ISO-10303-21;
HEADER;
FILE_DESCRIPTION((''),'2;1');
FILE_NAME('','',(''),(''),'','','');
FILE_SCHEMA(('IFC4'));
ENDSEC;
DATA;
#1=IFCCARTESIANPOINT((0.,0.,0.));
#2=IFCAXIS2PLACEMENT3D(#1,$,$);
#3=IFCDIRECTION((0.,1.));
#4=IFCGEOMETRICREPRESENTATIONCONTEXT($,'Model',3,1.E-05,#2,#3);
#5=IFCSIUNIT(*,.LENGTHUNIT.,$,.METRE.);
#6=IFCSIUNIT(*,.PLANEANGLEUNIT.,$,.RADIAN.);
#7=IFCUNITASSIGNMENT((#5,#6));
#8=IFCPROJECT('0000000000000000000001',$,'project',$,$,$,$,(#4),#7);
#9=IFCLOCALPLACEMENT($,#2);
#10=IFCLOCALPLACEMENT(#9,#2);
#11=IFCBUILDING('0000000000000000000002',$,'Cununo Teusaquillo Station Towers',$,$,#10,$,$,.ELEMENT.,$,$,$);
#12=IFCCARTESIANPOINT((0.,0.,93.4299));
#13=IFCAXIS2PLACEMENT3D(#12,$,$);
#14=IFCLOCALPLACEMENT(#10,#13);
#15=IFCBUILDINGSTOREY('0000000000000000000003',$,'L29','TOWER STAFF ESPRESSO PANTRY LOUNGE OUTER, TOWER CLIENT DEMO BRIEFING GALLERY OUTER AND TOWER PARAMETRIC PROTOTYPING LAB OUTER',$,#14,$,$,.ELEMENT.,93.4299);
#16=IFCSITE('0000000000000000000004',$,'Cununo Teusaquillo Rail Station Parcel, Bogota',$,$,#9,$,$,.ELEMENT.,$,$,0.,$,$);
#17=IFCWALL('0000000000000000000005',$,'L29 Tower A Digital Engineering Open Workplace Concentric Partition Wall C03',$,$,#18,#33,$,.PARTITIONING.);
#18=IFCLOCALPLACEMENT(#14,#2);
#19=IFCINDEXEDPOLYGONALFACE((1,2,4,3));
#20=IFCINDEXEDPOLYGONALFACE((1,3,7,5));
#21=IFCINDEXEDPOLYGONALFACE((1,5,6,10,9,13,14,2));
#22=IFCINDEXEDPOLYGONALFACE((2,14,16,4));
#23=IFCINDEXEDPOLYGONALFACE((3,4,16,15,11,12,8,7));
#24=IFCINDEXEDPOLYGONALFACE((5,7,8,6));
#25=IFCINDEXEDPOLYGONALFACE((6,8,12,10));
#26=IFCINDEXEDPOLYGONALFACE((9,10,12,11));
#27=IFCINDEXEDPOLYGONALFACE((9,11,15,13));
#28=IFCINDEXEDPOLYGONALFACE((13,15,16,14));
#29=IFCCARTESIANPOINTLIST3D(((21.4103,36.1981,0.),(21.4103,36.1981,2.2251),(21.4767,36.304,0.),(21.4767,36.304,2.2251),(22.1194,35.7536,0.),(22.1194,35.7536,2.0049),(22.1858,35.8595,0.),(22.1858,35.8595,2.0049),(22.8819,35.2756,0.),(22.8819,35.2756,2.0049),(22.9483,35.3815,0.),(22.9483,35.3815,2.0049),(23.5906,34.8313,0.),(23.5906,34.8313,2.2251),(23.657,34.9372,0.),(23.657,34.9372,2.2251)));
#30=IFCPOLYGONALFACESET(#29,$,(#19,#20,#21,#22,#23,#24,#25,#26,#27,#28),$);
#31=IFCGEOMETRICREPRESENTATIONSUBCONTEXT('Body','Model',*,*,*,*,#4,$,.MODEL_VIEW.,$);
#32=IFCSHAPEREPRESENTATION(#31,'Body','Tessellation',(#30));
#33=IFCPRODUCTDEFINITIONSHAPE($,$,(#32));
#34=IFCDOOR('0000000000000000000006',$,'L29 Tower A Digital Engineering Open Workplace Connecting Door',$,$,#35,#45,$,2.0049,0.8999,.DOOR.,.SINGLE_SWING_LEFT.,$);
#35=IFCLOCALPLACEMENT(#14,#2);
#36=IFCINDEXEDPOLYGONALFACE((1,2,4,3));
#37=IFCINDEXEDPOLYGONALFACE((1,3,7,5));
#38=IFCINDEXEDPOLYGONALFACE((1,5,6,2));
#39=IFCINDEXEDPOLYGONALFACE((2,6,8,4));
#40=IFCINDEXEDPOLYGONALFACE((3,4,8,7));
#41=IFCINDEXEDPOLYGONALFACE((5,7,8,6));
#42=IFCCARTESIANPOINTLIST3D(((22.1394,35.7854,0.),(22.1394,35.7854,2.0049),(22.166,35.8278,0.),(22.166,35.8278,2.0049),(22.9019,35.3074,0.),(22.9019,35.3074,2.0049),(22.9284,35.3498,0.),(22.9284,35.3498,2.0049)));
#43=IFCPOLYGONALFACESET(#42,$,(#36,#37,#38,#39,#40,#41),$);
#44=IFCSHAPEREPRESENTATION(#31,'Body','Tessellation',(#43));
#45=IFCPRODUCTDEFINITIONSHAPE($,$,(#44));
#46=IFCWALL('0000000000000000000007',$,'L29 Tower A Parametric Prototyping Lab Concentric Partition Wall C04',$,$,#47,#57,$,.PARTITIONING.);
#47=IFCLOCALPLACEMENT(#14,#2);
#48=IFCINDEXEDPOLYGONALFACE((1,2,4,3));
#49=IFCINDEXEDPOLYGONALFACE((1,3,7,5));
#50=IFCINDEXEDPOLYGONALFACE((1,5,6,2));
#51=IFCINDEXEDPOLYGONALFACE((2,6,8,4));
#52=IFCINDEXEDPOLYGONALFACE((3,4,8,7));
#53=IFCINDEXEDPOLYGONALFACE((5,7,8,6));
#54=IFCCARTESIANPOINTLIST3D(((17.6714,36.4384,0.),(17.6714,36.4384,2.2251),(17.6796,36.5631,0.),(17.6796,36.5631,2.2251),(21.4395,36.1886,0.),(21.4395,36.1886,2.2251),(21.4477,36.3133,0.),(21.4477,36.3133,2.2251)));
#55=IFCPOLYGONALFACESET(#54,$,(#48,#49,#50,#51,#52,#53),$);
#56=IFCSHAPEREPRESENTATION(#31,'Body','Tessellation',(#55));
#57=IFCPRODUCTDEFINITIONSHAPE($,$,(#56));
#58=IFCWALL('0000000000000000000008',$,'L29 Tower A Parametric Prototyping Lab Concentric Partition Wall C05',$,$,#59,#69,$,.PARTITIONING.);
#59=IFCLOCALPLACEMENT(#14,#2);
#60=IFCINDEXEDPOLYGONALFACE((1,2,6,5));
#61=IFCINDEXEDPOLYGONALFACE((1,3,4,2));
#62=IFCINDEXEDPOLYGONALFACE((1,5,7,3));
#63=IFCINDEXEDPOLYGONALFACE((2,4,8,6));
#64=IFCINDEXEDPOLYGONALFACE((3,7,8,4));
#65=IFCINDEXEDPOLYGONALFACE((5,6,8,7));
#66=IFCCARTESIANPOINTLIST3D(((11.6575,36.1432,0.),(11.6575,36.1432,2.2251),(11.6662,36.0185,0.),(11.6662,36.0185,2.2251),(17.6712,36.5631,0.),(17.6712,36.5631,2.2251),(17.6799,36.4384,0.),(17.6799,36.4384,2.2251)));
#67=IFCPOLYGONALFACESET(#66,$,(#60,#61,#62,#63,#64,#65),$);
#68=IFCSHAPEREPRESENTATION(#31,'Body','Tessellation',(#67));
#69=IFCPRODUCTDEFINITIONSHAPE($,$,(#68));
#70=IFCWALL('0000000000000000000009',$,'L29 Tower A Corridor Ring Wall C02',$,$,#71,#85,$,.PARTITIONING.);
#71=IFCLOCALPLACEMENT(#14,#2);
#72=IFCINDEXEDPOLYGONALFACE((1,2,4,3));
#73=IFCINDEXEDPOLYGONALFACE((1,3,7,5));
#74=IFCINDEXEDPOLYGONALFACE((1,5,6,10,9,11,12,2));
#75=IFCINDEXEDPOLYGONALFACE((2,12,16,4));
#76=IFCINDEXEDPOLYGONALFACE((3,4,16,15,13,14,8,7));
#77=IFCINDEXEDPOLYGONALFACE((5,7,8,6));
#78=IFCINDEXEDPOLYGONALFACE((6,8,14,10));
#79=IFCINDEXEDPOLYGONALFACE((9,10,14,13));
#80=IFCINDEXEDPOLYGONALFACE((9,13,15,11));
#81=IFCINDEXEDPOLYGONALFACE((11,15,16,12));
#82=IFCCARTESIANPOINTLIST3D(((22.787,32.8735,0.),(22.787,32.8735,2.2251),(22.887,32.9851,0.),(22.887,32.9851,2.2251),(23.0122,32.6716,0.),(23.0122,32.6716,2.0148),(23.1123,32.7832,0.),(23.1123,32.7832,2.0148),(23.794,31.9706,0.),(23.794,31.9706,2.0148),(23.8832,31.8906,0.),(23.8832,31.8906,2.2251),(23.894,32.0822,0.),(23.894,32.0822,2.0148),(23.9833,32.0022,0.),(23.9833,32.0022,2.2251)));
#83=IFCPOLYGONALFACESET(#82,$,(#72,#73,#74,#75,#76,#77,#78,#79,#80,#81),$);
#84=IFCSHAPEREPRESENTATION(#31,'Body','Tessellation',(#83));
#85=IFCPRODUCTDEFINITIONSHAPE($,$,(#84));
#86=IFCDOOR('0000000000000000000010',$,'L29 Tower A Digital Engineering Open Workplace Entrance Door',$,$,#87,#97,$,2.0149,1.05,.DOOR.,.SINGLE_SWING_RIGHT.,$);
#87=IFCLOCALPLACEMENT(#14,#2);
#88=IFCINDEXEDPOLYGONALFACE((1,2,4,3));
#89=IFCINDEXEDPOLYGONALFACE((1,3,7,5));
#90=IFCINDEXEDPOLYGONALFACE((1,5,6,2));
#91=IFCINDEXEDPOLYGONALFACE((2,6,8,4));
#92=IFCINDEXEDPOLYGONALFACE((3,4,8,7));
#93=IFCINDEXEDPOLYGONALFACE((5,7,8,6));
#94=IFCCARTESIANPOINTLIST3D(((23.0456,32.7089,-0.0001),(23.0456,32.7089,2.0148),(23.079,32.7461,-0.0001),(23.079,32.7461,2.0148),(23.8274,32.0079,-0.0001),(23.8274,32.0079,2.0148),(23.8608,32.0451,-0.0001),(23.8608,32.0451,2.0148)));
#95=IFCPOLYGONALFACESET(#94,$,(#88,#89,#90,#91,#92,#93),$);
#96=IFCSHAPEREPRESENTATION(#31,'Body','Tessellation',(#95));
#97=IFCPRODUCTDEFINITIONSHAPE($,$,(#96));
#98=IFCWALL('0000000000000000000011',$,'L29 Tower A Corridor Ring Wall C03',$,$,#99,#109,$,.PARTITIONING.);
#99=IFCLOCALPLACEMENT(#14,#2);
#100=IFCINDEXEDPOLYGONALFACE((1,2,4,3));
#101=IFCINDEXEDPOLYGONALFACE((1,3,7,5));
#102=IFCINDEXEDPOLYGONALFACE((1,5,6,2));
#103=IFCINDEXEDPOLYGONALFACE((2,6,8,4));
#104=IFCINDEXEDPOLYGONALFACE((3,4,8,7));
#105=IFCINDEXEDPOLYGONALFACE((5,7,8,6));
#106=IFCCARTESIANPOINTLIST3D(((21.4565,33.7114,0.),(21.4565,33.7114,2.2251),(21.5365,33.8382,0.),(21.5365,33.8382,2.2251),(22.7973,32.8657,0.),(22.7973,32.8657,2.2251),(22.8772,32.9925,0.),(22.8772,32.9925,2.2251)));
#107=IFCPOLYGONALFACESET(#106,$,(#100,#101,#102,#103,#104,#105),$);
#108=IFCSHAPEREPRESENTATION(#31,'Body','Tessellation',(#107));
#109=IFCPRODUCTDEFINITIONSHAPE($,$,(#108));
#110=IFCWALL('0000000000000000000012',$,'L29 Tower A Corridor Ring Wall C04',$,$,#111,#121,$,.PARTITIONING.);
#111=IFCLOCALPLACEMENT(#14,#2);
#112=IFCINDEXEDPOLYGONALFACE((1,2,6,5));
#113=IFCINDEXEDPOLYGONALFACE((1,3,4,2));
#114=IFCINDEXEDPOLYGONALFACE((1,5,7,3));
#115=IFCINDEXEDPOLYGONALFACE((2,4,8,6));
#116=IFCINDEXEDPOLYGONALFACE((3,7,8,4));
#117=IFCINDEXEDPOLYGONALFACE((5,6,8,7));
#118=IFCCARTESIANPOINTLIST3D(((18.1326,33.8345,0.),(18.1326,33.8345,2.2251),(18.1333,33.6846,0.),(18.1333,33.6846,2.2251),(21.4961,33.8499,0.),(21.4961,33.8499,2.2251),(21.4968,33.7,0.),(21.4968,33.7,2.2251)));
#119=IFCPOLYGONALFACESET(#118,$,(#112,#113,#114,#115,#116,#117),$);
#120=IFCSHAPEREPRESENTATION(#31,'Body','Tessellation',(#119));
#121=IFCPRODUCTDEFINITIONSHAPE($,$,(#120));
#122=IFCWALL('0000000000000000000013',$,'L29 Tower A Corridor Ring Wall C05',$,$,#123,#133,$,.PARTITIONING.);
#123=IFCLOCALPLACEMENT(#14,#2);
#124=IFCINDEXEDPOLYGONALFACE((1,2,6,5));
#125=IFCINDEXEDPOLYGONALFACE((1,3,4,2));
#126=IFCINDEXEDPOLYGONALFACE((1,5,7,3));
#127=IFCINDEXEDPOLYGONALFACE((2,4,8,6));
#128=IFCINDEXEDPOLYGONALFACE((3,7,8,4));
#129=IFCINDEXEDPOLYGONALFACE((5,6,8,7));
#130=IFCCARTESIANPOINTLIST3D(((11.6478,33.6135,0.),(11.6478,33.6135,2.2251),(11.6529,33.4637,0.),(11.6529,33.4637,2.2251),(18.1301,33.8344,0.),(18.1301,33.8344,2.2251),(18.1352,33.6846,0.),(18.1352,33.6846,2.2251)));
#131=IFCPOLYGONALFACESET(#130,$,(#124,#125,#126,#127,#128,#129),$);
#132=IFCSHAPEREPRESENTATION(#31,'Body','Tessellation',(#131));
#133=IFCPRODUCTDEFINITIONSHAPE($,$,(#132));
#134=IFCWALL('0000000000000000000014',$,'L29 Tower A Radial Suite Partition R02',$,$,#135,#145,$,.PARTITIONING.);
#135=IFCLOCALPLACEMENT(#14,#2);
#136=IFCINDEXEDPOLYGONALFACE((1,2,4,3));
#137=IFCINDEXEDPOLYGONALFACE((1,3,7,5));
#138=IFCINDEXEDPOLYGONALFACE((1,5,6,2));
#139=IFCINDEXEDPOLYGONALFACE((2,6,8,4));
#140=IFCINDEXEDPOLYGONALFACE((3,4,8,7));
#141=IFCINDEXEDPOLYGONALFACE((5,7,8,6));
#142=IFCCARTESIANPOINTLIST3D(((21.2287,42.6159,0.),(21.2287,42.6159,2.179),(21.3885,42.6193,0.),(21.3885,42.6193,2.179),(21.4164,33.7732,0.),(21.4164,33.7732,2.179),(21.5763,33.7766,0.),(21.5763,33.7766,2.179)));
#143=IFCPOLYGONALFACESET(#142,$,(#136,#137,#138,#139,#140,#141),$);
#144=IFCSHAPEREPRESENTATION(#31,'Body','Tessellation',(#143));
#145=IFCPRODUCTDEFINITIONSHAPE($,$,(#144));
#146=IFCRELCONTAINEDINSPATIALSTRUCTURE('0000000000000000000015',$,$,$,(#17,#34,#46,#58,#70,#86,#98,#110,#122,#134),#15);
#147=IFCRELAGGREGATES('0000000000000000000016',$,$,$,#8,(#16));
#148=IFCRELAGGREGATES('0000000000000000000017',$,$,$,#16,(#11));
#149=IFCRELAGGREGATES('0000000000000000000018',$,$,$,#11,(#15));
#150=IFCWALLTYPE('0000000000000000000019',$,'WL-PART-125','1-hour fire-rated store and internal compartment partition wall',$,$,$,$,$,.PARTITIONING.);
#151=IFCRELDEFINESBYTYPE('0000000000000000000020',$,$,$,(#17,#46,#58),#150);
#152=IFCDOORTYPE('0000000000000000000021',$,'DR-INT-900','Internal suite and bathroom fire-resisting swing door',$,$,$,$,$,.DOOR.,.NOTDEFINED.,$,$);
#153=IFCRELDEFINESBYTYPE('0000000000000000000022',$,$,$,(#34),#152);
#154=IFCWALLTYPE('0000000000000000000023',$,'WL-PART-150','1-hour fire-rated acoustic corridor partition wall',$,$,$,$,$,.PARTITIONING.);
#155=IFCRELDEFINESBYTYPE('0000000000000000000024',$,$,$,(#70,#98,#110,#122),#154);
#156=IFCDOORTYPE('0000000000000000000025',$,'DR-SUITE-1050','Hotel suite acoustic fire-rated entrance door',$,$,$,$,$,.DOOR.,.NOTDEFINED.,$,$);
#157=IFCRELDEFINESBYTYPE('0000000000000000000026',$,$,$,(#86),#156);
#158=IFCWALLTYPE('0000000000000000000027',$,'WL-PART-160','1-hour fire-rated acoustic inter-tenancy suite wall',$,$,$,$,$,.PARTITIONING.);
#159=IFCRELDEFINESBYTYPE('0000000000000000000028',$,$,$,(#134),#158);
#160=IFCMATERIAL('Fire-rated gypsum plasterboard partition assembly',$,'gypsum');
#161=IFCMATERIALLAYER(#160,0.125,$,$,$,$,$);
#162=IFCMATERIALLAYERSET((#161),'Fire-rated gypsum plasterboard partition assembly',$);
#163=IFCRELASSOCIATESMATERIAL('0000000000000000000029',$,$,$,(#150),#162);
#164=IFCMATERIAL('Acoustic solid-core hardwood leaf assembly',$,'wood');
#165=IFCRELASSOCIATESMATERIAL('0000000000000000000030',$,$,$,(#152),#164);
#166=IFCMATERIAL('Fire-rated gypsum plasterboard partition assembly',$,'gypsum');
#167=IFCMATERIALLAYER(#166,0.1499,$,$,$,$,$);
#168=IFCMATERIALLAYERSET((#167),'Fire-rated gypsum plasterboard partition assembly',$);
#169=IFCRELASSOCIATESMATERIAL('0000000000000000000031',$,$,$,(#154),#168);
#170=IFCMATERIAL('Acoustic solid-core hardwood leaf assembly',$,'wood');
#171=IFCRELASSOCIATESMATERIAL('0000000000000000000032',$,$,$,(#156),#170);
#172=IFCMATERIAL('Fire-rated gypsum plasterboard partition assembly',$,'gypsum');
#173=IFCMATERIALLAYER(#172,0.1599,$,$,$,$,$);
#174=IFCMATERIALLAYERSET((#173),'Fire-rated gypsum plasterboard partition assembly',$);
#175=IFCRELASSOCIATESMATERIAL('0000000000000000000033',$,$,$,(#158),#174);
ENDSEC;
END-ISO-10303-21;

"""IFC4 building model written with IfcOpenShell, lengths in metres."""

from ifc_helpers import new_model, si_unit, direction, frame, frame_2d, origin, place, context, subcontext, project, spatial, rectangle, extrude, source, transform, mapped, material, layer, layer_set, type_object, element, fill, save


model = new_model("IFC4")

# Units and contexts
model_context = context("Model", 3, precision=1e-05, world=origin(), true_north=direction((0.0, 1.0)))
body_context = subcontext(model_context, "Body", "Model", "MODEL_VIEW")
ifc_project = project(units=[si_unit("LENGTHUNIT", "METRE"), si_unit("PLANEANGLEUNIT", "RADIAN")], contexts=[model_context])

# Site, building, storey
site_placement = place(None, origin())
site = spatial("IfcSite", under=ifc_project, at=site_placement, Name="Cununo Teusaquillo Rail Station Parcel, Bogota", CompositionType="ELEMENT", RefElevation=0.0)
building_placement = place(site_placement, origin())
building = spatial("IfcBuilding", under=site, at=building_placement, Name="Cununo Teusaquillo Station Towers", CompositionType="ELEMENT")
storey_placement = place(building_placement, frame((0.0, 0.0, 93.4299)))
storey = spatial("IfcBuildingStorey", under=building, at=storey_placement, Name="L29", Description="TOWER STAFF ESPRESSO PANTRY LOUNGE OUTER, TOWER CLIENT DEMO BRIEFING GALLERY OUTER AND TOWER PARAMETRIC PROTOTYPING LAB OUTER", CompositionType="ELEMENT", Elevation=93.4299)

# Shared definitions
ifc_material_1 = material(Name="Fire-rated gypsum plasterboard partition assembly", Category="gypsum")
ifc_layer_1 = layer(ifc_material_1, 0.125)
ifc_layer_set_1 = layer_set([ifc_layer_1], Name="Fire-rated gypsum plasterboard partition assembly")
wall_type_1 = type_object("IfcWallType", Name="WL-PART-125", Description="1-hour fire-rated store and internal compartment partition wall", PredefinedType="PARTITIONING", material=ifc_layer_set_1)

# Wall, opening, door
wall_1_placement = place(storey_placement, frame((23.6238, 34.8843, 0.0), z_axis=(0.0, 0.0, 1.0), x_axis=(-0.847283, 0.531141, 0.0)))
wall_1 = element("IfcWall", 1, at=wall_1_placement, inside=storey, type_object=wall_type_1, Name="L29 Tower A Digital Engineering Open Workplace Concentric Partition Wall C03", PredefinedType="PARTITIONING", context=body_context, shape_type="SweptSolid", body=[
    extrude(rectangle(XDim=2.5732, YDim=0.125, at=frame_2d((1.2866, 0.0))), origin(), (0.0, 0.0, 1.0), 2.2251),
])
shared_shape_1 = source(origin(), body_context, "Body", "SweptSolid", [
    extrude(rectangle(XDim=0.8999, YDim=2.0049, at=frame_2d((0.45, 1.0024))), frame((0.0, 0.0725, 0.0), z_axis=(0.0, -1.0, 0.0), x_axis=(1.0, 0.0, 0.0)), (0.0, 0.0, 1.0), 0.145),
])
opening_1_placement = place(wall_1_placement, frame((0.8364, 0.0, 0.0)))
opening_1 = element("IfcOpeningElement", 2, at=opening_1_placement, cuts=wall_1, PredefinedType="OPENING", context=body_context, shape_type="MappedRepresentation", body=[
    mapped(shared_shape_1, transform((0.0, 0.0, 0.0), x_axis=(1.0, 0.0, 0.0), y_axis=(0.0, 1.0, 0.0), z_axis=(0.0, 0.0, 1.0), scale=1.0)),
])
ifc_material_2 = material(Name="Acoustic solid-core hardwood leaf assembly", Category="wood")
door_type_1 = type_object("IfcDoorType", Name="DR-INT-900", Description="Internal suite and bathroom fire-resisting swing door", OperationType="NOTDEFINED", PredefinedType="DOOR", material=ifc_material_2)
shared_shape_2 = source(origin(), body_context, "Body", "SweptSolid", [
    extrude(rectangle(XDim=0.8999, YDim=2.0049, at=frame_2d((0.45, 1.0024))), frame((0.0, 0.0249, 0.0), z_axis=(0.0, -1.0, 0.0), x_axis=(1.0, 0.0, 0.0)), (0.0, 0.0, 1.0), 0.05),
])
door_1_placement = place(opening_1_placement, origin())
door_1 = element("IfcDoor", 3, at=door_1_placement, inside=storey, type_object=door_type_1, Name="L29 Tower A Digital Engineering Open Workplace Connecting Door", OperationType="SINGLE_SWING_LEFT", OverallHeight=2.0049, OverallWidth=0.8999, PredefinedType="DOOR", context=body_context, shape_type="MappedRepresentation", body=[
    mapped(shared_shape_2, transform((0.0, 0.0, 0.0), x_axis=(1.0, 0.0, 0.0), y_axis=(0.0, 1.0, 0.0), z_axis=(0.0, 0.0, 1.0), scale=1.0)),
])
fill(opening_1, door_1)

# Walls
wall_2_placement = place(storey_placement, frame((21.4436, 36.251, 0.0), z_axis=(0.0, 0.0, 1.0), x_axis=(-0.997811, 0.066137, 0.0)))
element("IfcWall", 4, at=wall_2_placement, inside=storey, type_object=wall_type_1, Name="L29 Tower A Parametric Prototyping Lab Concentric Partition Wall C04", PredefinedType="PARTITIONING", context=body_context, shape_type="SweptSolid", body=[
    extrude(rectangle(XDim=3.7764, YDim=0.125, at=frame_2d((1.8882, 0.0))), origin(), (0.0, 0.0, 1.0), 2.2251),
])
wall_3_placement = place(storey_placement, frame((17.6755, 36.5007, 0.0), z_axis=(0.0, 0.0, 1.0), x_axis=(-0.997571, -0.069658, 0.0)))
element("IfcWall", 5, at=wall_3_placement, inside=storey, type_object=wall_type_1, Name="L29 Tower A Parametric Prototyping Lab Concentric Partition Wall C05", PredefinedType="PARTITIONING", context=body_context, shape_type="SweptSolid", body=[
    extrude(rectangle(XDim=6.0283, YDim=0.125, at=frame_2d((3.0142, 0.0))), origin(), (0.0, 0.0, 1.0), 2.2251),
])

# Wall, opening, door
ifc_material_3 = material(Name="Fire-rated gypsum plasterboard partition assembly", Category="gypsum")
ifc_layer_2 = layer(ifc_material_3, 0.1499)
ifc_layer_set_2 = layer_set([ifc_layer_2], Name="Fire-rated gypsum plasterboard partition assembly")
wall_type_2 = type_object("IfcWallType", Name="WL-PART-150", Description="1-hour fire-rated acoustic corridor partition wall", PredefinedType="PARTITIONING", material=ifc_layer_set_2)
wall_4_placement = place(storey_placement, frame((23.9333, 31.9463, 0.0), z_axis=(0.0, 0.0, 1.0), x_axis=(-0.74453, 0.667589, 0.0)))
wall_4 = element("IfcWall", 6, at=wall_4_placement, inside=storey, type_object=wall_type_2, Name="L29 Tower A Corridor Ring Wall C02", PredefinedType="PARTITIONING", context=body_context, shape_type="SweptSolid", body=[
    extrude(rectangle(XDim=1.4724, YDim=0.1499, at=frame_2d((0.7363, 0.0))), origin(), (0.0, 0.0, 1.0), 2.2251),
])
shared_shape_3 = source(origin(), body_context, "Body", "SweptSolid", [
    extrude(rectangle(XDim=1.05, YDim=2.0149, at=frame_2d((0.5249, 1.0073))), frame((0.0, 0.085, 0.0), z_axis=(0.0, -1.0, 0.0), x_axis=(1.0, 0.0, 0.0)), (0.0, 0.0, 1.0), 0.1699),
])
opening_2_placement = place(wall_4_placement, frame((0.1201, 0.0, 0.0)))
opening_2 = element("IfcOpeningElement", 7, at=opening_2_placement, cuts=wall_4, PredefinedType="OPENING", context=body_context, shape_type="MappedRepresentation", body=[
    mapped(shared_shape_3, transform((0.0, 0.0, 0.0), x_axis=(1.0, 0.0, 0.0), y_axis=(0.0, 1.0, 0.0), z_axis=(0.0, 0.0, 1.0), scale=1.0)),
])
ifc_material_4 = material(Name="Acoustic solid-core hardwood leaf assembly", Category="wood")
door_type_2 = type_object("IfcDoorType", Name="DR-SUITE-1050", Description="Hotel suite acoustic fire-rated entrance door", OperationType="NOTDEFINED", PredefinedType="DOOR", material=ifc_material_4)
shared_shape_4 = source(origin(), body_context, "Body", "SweptSolid", [
    extrude(rectangle(XDim=1.05, YDim=2.0149, at=frame_2d((0.5249, 1.0073))), frame((0.0, 0.0249, 0.0), z_axis=(0.0, -1.0, 0.0), x_axis=(1.0, 0.0, 0.0)), (0.0, 0.0, 1.0), 0.05),
])
door_2_placement = place(opening_2_placement, origin())
door_2 = element("IfcDoor", 8, at=door_2_placement, inside=storey, type_object=door_type_2, Name="L29 Tower A Digital Engineering Open Workplace Entrance Door", OperationType="SINGLE_SWING_RIGHT", OverallHeight=2.0149, OverallWidth=1.05, PredefinedType="DOOR", context=body_context, shape_type="MappedRepresentation", body=[
    mapped(shared_shape_4, transform((0.0, 0.0, 0.0), x_axis=(1.0, 0.0, 0.0), y_axis=(0.0, 1.0, 0.0), z_axis=(0.0, 0.0, 1.0), scale=1.0)),
])
fill(opening_2, door_2)

# Walls
wall_5_placement = place(storey_placement, frame((22.8372, 32.9292, 0.0), z_axis=(0.0, 0.0, 1.0), x_axis=(-0.845811, 0.533483, 0.0)))
element("IfcWall", 9, at=wall_5_placement, inside=storey, type_object=wall_type_2, Name="L29 Tower A Corridor Ring Wall C03", PredefinedType="PARTITIONING", context=body_context, shape_type="SweptSolid", body=[
    extrude(rectangle(XDim=1.5852, YDim=0.1499, at=frame_2d((0.7925, 0.0))), origin(), (0.0, 0.0, 1.0), 2.2251),
])
wall_6_placement = place(storey_placement, frame((21.4963, 33.7749, 0.0), z_axis=(0.0, 0.0, 1.0), x_axis=(-0.99999, -0.004573, 0.0)))
element("IfcWall", 10, at=wall_6_placement, inside=storey, type_object=wall_type_2, Name="L29 Tower A Corridor Ring Wall C04", PredefinedType="PARTITIONING", context=body_context, shape_type="SweptSolid", body=[
    extrude(rectangle(XDim=3.3635, YDim=0.1499, at=frame_2d((1.6816, 0.0))), origin(), (0.0, 0.0, 1.0), 2.2251),
])
wall_7_placement = place(storey_placement, frame((18.1328, 33.7595, 0.0), z_axis=(0.0, 0.0, 1.0), x_axis=(-0.99942, -0.034064, 0.0)))
element("IfcWall", 11, at=wall_7_placement, inside=storey, type_object=wall_type_2, Name="L29 Tower A Corridor Ring Wall C05", PredefinedType="PARTITIONING", context=body_context, shape_type="SweptSolid", body=[
    extrude(rectangle(XDim=6.4861, YDim=0.1499, at=frame_2d((3.2432, 0.0))), origin(), (0.0, 0.0, 1.0), 2.2251),
])
ifc_material_5 = material(Name="Fire-rated gypsum plasterboard partition assembly", Category="gypsum")
ifc_layer_3 = layer(ifc_material_5, 0.1599)
ifc_layer_set_3 = layer_set([ifc_layer_3], Name="Fire-rated gypsum plasterboard partition assembly")
wall_type_3 = type_object("IfcWallType", Name="WL-PART-160", Description="1-hour fire-rated acoustic inter-tenancy suite wall", PredefinedType="PARTITIONING", material=ifc_layer_set_3)
wall_8_placement = place(storey_placement, frame((21.4963, 33.7749, 0.0), z_axis=(0.0, 0.0, 1.0), x_axis=(-0.021227, 0.999775, 0.0)))
element("IfcWall", 12, at=wall_8_placement, inside=storey, type_object=wall_type_3, Name="L29 Tower A Radial Suite Partition R02", PredefinedType="PARTITIONING", context=body_context, shape_type="SweptSolid", body=[
    extrude(rectangle(XDim=8.8447, YDim=0.1599, at=frame_2d((4.4224, 0.0))), origin(), (0.0, 0.0, 1.0), 2.179),
])

save(model, "model.ifc")
